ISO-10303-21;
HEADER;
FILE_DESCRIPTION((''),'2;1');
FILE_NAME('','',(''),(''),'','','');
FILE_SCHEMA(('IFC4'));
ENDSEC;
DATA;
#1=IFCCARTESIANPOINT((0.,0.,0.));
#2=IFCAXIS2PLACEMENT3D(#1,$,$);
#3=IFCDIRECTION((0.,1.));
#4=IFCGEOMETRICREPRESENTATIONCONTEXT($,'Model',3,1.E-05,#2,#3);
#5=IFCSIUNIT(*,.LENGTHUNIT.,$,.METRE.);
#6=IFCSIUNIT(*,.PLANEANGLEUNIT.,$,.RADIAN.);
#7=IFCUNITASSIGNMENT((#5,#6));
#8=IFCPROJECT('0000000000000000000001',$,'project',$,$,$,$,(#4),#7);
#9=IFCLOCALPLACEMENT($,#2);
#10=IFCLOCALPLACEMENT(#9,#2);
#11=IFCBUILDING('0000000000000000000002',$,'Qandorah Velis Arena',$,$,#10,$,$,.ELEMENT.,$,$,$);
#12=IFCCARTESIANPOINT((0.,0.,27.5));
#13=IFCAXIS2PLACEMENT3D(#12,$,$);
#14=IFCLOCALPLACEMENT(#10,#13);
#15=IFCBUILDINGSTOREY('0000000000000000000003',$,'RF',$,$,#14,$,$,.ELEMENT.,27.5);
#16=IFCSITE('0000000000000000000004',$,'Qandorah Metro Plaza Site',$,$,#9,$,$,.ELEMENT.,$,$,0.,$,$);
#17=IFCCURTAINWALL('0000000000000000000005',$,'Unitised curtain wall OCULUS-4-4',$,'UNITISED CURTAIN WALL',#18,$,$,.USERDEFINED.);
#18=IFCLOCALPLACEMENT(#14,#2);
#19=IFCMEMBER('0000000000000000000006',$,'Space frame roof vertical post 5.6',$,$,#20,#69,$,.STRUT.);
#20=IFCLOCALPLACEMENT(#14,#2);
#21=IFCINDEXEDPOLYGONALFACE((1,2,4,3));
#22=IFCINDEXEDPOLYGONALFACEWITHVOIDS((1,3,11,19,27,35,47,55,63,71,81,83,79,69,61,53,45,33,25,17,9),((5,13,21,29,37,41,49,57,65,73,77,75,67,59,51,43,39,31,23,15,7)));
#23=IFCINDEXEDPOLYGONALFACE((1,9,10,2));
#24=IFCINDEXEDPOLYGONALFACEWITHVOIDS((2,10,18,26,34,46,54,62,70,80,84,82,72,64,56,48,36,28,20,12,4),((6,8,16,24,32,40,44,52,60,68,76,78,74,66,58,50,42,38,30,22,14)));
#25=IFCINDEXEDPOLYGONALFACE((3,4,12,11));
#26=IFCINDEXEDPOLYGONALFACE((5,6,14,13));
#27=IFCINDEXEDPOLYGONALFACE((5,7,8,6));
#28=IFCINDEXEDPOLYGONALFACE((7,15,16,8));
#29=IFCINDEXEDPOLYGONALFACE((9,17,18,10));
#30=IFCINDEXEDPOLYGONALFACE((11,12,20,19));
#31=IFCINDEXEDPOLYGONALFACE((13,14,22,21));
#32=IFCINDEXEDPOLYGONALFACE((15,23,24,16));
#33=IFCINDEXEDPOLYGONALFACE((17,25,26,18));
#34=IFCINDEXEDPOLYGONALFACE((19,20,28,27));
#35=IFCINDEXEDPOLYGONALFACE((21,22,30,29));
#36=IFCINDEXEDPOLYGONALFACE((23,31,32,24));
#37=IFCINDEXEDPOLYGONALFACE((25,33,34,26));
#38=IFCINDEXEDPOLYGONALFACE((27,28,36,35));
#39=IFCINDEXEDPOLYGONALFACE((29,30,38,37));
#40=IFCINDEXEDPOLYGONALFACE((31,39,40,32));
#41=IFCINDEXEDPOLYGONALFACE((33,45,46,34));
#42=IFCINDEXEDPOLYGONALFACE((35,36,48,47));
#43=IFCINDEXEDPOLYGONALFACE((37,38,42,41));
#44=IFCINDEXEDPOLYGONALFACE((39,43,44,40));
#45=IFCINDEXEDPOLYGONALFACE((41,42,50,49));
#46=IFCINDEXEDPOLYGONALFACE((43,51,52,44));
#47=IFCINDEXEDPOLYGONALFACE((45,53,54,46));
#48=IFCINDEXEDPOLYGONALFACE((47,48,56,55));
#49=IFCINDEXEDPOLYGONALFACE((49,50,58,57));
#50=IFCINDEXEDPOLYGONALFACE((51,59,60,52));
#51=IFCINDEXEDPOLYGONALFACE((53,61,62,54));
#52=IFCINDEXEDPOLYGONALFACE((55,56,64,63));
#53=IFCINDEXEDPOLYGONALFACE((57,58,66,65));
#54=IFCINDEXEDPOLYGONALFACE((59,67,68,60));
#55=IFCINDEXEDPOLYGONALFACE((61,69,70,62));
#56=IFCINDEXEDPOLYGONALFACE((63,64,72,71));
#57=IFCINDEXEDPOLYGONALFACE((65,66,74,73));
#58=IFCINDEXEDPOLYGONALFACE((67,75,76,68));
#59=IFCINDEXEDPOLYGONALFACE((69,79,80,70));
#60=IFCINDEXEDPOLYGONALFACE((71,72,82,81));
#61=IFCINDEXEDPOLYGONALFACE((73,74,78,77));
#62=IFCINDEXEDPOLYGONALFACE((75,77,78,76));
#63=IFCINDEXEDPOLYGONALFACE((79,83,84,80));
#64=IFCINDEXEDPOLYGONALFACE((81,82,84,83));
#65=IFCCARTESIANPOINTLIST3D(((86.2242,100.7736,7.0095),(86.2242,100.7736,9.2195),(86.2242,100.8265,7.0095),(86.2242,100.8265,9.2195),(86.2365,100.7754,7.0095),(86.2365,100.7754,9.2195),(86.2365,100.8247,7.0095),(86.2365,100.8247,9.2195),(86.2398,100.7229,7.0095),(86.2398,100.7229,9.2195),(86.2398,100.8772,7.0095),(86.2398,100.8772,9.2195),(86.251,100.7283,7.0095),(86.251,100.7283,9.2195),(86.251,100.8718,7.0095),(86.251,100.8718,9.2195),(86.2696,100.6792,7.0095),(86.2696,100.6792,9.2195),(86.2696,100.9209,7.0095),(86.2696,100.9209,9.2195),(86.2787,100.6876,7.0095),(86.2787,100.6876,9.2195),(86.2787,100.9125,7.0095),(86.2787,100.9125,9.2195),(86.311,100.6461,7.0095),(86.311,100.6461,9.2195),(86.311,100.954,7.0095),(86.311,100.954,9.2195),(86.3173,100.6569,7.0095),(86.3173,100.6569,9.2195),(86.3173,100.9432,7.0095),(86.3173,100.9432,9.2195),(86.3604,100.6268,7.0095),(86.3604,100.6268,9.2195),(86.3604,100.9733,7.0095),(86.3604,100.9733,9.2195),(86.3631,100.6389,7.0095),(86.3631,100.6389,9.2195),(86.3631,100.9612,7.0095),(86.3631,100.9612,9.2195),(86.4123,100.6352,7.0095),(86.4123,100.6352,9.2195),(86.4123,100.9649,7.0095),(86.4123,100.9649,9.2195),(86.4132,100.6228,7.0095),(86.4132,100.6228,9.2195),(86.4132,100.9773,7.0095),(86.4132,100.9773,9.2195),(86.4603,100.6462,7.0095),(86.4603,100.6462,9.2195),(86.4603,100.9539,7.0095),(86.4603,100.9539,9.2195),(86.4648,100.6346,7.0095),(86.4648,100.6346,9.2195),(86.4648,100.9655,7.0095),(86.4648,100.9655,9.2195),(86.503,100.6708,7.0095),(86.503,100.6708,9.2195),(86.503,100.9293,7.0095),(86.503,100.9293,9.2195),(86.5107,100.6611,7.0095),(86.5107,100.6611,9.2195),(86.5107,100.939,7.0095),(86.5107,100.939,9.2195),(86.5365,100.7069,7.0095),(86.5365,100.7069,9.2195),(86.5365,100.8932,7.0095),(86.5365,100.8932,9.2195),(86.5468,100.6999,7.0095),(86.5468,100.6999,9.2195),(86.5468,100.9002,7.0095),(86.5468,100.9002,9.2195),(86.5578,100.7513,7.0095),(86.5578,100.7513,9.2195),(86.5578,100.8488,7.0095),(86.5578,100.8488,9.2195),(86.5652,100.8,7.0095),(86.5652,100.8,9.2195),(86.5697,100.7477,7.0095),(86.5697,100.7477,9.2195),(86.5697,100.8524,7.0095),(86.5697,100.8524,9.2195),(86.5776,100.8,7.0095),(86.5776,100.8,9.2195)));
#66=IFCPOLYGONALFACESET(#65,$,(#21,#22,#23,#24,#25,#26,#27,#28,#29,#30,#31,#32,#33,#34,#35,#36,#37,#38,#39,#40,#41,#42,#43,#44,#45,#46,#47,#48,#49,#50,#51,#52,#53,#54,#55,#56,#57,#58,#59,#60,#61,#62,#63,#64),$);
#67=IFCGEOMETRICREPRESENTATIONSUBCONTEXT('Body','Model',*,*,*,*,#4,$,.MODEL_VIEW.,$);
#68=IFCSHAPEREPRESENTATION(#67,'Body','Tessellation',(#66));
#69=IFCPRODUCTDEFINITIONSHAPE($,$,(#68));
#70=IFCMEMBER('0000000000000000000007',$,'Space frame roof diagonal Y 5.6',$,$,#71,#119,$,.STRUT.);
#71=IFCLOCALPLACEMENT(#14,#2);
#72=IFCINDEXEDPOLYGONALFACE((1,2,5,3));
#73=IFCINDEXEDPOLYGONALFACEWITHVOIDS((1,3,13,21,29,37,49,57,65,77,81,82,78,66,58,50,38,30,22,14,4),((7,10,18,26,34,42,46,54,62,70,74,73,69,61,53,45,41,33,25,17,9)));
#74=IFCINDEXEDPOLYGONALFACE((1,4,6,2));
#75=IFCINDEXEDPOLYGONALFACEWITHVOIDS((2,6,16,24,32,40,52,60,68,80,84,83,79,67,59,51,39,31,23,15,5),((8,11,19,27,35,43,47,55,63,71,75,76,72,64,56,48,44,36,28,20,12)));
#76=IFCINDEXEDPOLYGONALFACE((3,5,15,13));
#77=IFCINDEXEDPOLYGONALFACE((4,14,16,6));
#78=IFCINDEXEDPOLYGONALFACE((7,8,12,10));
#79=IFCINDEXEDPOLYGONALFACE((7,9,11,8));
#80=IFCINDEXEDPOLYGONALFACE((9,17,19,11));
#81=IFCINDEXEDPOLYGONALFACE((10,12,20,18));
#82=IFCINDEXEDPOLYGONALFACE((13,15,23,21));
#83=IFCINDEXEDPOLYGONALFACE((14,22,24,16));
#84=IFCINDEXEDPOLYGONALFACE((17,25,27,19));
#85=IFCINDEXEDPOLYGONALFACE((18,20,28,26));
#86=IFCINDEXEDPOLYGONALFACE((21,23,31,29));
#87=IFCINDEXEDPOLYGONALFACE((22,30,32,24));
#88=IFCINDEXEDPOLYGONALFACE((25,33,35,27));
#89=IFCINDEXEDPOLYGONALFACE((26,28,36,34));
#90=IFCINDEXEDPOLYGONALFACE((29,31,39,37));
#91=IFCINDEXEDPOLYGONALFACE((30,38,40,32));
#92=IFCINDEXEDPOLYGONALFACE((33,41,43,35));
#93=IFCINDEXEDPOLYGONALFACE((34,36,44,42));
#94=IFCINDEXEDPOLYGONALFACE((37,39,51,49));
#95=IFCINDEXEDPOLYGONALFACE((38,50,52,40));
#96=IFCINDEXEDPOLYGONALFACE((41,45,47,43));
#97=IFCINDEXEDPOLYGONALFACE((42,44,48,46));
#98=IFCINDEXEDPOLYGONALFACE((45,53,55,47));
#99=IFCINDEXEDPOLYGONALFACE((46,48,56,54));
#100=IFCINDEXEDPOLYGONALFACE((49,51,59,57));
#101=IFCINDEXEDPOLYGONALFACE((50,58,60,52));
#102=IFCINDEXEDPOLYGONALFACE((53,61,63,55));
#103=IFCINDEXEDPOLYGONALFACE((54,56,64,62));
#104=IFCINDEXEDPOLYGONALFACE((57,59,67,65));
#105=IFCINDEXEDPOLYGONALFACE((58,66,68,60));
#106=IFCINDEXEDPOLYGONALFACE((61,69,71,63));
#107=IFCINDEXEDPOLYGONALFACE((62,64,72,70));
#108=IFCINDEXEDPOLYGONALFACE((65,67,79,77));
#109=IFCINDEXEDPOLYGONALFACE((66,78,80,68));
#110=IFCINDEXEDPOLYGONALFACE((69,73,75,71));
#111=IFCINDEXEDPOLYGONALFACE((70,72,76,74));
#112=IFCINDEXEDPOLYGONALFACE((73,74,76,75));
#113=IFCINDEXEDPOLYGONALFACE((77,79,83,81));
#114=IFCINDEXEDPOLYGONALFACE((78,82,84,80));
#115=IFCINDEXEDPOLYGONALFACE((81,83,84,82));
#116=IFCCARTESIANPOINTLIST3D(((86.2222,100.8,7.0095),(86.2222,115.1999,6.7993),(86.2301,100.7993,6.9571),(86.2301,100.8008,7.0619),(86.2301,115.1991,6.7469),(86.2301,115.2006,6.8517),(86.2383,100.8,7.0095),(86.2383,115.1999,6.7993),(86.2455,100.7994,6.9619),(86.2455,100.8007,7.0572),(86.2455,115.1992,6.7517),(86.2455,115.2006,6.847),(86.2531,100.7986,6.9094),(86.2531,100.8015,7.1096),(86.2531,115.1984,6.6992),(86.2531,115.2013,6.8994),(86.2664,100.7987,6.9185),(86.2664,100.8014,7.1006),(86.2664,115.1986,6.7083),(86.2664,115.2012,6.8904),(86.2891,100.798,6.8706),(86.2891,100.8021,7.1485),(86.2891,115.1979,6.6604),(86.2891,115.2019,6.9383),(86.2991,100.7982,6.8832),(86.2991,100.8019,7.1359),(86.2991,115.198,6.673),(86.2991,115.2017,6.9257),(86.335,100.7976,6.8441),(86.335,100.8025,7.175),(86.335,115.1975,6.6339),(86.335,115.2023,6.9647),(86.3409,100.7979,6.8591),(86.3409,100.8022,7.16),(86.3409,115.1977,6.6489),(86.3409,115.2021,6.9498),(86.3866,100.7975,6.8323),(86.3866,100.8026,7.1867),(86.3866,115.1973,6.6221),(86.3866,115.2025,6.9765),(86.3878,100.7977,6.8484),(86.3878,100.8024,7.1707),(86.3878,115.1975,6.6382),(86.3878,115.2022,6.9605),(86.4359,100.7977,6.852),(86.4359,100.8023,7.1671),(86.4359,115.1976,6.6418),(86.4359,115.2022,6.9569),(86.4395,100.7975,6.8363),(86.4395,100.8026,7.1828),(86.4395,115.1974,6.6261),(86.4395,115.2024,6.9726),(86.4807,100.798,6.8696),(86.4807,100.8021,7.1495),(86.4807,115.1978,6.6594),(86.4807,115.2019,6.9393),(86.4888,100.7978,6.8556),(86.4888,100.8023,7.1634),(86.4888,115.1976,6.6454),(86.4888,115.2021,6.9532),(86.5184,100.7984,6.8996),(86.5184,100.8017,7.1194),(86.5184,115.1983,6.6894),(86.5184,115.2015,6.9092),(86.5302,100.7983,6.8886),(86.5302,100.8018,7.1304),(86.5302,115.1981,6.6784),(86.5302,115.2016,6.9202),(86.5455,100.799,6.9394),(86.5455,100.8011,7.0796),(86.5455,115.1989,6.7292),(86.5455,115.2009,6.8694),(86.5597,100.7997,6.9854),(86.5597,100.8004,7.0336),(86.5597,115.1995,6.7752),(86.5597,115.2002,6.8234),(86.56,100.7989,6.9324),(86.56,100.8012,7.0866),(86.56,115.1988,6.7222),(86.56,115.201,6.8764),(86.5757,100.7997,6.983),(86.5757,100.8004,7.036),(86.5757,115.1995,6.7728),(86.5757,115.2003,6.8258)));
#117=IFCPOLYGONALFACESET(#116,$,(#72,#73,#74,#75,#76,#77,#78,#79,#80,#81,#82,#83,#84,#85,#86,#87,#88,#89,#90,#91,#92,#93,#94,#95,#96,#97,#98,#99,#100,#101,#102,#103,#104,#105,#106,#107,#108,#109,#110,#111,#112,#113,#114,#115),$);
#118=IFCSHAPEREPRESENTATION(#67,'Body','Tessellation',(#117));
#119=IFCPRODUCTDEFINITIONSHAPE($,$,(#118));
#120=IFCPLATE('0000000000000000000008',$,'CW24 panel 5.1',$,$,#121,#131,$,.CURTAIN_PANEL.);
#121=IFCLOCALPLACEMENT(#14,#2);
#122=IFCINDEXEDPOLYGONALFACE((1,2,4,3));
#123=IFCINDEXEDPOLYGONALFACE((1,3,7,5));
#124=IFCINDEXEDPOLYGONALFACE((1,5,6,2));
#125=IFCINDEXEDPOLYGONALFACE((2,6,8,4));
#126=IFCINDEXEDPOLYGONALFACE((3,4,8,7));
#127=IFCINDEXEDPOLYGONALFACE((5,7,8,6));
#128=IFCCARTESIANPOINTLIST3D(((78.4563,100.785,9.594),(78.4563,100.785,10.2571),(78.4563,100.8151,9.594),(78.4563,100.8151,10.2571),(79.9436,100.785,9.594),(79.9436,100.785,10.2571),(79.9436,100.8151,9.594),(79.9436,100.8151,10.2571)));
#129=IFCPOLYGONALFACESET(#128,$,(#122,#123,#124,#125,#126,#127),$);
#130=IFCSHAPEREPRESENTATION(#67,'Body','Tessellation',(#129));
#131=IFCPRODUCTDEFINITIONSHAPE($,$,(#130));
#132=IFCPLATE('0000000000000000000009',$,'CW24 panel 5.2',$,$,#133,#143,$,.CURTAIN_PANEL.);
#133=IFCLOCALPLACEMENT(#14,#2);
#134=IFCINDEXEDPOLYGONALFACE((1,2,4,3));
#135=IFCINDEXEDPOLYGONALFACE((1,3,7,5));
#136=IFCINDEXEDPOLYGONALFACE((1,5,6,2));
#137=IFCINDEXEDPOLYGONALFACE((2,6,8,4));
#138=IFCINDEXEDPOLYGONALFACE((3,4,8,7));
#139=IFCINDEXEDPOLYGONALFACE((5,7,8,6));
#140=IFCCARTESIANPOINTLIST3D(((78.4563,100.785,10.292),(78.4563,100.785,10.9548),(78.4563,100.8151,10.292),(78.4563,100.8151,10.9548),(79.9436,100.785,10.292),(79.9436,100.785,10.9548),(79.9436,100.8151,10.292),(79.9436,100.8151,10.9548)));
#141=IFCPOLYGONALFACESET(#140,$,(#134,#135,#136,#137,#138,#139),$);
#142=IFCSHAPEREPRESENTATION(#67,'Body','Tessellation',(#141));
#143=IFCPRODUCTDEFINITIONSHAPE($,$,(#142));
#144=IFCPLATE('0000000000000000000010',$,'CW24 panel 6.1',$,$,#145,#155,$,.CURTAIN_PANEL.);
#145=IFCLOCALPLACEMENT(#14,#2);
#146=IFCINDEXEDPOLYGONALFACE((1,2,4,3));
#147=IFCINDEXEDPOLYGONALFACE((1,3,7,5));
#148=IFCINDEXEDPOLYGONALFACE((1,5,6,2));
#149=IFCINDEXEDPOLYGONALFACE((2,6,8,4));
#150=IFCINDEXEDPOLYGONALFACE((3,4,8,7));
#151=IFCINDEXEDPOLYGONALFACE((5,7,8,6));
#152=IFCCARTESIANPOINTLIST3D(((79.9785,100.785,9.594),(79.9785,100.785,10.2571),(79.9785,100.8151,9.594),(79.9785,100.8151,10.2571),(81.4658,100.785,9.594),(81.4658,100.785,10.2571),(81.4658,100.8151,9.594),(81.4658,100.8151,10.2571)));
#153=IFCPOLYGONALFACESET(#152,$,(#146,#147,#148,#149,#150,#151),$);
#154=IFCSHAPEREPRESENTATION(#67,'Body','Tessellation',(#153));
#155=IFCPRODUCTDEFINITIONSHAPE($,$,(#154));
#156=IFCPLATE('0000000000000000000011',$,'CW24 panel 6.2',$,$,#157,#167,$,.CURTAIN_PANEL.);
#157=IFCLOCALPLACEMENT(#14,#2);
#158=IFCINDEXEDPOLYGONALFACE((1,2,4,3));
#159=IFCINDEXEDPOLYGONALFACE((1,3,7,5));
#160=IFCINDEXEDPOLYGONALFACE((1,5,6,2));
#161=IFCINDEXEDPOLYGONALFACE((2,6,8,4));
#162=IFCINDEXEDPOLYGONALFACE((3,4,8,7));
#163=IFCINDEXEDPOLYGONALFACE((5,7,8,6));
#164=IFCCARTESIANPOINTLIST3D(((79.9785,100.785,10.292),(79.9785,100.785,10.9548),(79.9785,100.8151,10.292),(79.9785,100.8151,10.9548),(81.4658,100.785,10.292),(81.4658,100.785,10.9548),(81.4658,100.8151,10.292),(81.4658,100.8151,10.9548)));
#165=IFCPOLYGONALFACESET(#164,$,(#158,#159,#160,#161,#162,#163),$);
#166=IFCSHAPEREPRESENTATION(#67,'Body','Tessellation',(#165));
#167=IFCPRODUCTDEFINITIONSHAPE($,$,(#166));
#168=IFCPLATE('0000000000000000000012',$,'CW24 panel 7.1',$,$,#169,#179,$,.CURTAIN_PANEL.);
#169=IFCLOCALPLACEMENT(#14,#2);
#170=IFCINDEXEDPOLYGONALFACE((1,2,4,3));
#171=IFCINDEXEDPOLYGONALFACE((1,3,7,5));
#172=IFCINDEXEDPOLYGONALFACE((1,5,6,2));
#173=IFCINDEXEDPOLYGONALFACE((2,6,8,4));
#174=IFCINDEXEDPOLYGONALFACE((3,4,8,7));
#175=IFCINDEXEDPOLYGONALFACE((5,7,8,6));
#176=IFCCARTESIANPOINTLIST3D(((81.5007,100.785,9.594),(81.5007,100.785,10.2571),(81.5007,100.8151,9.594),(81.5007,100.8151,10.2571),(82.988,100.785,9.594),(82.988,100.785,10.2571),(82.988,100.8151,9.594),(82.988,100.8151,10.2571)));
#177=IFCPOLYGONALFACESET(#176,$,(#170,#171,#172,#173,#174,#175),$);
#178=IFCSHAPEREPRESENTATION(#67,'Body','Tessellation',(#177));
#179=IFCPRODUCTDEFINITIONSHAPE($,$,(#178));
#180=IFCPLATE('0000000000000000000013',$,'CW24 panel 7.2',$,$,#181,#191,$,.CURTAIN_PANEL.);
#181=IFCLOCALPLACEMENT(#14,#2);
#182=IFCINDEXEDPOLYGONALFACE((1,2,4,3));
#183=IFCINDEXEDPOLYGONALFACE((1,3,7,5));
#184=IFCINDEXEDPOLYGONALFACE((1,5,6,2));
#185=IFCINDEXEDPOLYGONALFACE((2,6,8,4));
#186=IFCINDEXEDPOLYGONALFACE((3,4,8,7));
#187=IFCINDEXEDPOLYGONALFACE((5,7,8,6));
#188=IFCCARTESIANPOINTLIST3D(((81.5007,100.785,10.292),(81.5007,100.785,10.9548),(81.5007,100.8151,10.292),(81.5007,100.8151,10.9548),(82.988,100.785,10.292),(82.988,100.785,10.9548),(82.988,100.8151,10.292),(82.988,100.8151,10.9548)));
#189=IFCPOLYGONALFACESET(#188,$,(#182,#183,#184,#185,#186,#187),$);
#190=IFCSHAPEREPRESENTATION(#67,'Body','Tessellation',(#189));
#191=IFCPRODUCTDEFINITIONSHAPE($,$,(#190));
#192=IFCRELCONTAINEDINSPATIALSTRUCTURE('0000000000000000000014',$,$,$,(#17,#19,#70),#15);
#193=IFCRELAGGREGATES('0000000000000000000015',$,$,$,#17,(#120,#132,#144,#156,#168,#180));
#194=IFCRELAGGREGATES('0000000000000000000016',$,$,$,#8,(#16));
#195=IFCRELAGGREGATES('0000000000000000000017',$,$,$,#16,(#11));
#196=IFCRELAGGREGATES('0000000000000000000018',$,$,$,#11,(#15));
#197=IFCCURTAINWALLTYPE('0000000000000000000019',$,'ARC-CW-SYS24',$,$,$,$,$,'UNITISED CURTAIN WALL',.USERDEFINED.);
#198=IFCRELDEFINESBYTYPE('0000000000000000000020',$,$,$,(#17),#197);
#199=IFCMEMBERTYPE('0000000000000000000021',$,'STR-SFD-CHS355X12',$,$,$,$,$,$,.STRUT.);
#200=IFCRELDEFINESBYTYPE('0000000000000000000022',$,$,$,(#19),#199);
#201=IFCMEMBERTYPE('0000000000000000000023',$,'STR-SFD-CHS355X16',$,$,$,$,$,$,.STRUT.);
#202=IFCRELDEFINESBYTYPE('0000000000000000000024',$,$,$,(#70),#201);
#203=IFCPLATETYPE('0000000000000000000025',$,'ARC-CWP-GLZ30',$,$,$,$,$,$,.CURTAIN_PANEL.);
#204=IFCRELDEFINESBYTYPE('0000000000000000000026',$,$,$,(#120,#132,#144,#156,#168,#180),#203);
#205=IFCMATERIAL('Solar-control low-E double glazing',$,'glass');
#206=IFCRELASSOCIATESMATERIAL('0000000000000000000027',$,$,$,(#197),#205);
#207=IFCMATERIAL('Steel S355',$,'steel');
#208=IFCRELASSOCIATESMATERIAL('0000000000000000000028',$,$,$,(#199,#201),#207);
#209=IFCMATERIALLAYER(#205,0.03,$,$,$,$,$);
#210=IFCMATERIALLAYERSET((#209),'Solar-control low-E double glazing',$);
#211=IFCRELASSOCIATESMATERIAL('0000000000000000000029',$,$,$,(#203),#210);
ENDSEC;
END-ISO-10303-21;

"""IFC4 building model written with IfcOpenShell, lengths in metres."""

from ifc_helpers import new_model, si_unit, direction, frame, origin, origin_2d, place, context, subcontext, project, spatial, rectangle, hollow_circle, extrude, material, layer, layer_set, material_profile, profile_set, type_object, element, aggregate, save


model = new_model("IFC4")

# Units and contexts
model_context = context("Model", 3, precision=1e-05, world=origin(), true_north=direction((0.0, 1.0)))
body_context = subcontext(model_context, "Body", "Model", "MODEL_VIEW")
ifc_project = project(units=[si_unit("LENGTHUNIT", "METRE"), si_unit("PLANEANGLEUNIT", "RADIAN")], contexts=[model_context])

# Site, building, storey
site_placement = place(None, origin())
site = spatial("IfcSite", under=ifc_project, at=site_placement, Name="Qandorah Metro Plaza Site", CompositionType="ELEMENT", RefElevation=0.0)
building_placement = place(site_placement, origin())
building = spatial("IfcBuilding", under=site, at=building_placement, Name="Qandorah Velis Arena", CompositionType="ELEMENT")
storey_placement = place(building_placement, frame((0.0, 0.0, 27.5)))
storey = spatial("IfcBuildingStorey", under=building, at=storey_placement, Name="RF", CompositionType="ELEMENT", Elevation=27.5)

# Curtain wall
ifc_material_1 = material(Name="Solar-control low-E double glazing", Category="glass")
curtain_wall_type_1 = type_object("IfcCurtainWallType", Name="ARC-CW-SYS24", ElementType="UNITISED CURTAIN WALL", PredefinedType="USERDEFINED", material=ifc_material_1)
curtain_wall_1_placement = place(storey_placement, origin())
curtain_wall_1 = element("IfcCurtainWall", 1, at=curtain_wall_1_placement, inside=storey, type_object=curtain_wall_type_1, Name="Unitised curtain wall OCULUS-4-4", ObjectType="UNITISED CURTAIN WALL", PredefinedType="USERDEFINED")

# Shared definitions
ifc_material_2 = material(Name="Steel S355", Category="steel")

# Members
ifc_material_profile_1 = material_profile(ifc_material_2, hollow_circle(Radius=0.1777, WallThickness=0.0125, at=origin_2d()), Name="CHS 355.6x12.5")
ifc_profile_set_1 = profile_set([ifc_material_profile_1], Name="Steel S355")
member_type_1 = type_object("IfcMemberType", Name="STR-SFD-CHS355X12", PredefinedType="STRUT", material=ifc_profile_set_1)
member_1_placement = place(storey_placement, frame((86.3999, 100.8, 7.0095), z_axis=(0.0, 0.0, 1.0), x_axis=(1.0, 0.0, 0.0)))
element("IfcMember", 2, at=member_1_placement, inside=storey, type_object=member_type_1, Name="Space frame roof vertical post 5.6", PredefinedType="STRUT", context=body_context, shape_type="SweptSolid", body=[
    extrude(hollow_circle(Radius=0.1777, WallThickness=0.0125, at=origin_2d()), origin(), (0.0, 0.0, 1.0), 2.21),
])
ifc_material_profile_2 = material_profile(ifc_material_2, hollow_circle(Radius=0.1777, WallThickness=0.0161, at=origin_2d()), Name="CHS 355.6x16")
ifc_profile_set_2 = profile_set([ifc_material_profile_2], Name="Steel S355")
member_type_2 = type_object("IfcMemberType", Name="STR-SFD-CHS355X16", PredefinedType="STRUT", material=ifc_profile_set_2)
member_2_placement = place(storey_placement, frame((86.3999, 100.8, 7.0095), z_axis=(0.0, 0.999893, -0.014596), x_axis=(-1.0, 0.0, 0.0)))
element("IfcMember", 3, at=member_2_placement, inside=storey, type_object=member_type_2, Name="Space frame roof diagonal Y 5.6", PredefinedType="STRUT", context=body_context, shape_type="SweptSolid", body=[
    extrude(hollow_circle(Radius=0.1777, WallThickness=0.0161, at=origin_2d()), origin(), (0.0, 0.0, 1.0), 14.4014),
])

# Plates
ifc_layer = layer(ifc_material_1, 0.03)
ifc_layer_set = layer_set([ifc_layer], Name="Solar-control low-E double glazing")
plate_type = type_object("IfcPlateType", Name="ARC-CWP-GLZ30", PredefinedType="CURTAIN_PANEL", material=ifc_layer_set)
plate_1_placement = place(storey_placement, frame((79.2, 100.8, 9.594), z_axis=(0.0, 0.0, 1.0), x_axis=(1.0, 0.0, 0.0)))
plate_1 = element("IfcPlate", 4, at=plate_1_placement, type_object=plate_type, Name="CW24 panel 5.1", PredefinedType="CURTAIN_PANEL", context=body_context, shape_type="SweptSolid", body=[
    extrude(rectangle(XDim=1.4873, YDim=0.03, at=origin_2d()), origin(), (0.0, 0.0, 1.0), 0.6631),
])
plate_2_placement = place(storey_placement, frame((79.2, 100.8, 10.292), z_axis=(0.0, 0.0, 1.0), x_axis=(1.0, 0.0, 0.0)))
plate_2 = element("IfcPlate", 5, at=plate_2_placement, type_object=plate_type, Name="CW24 panel 5.2", PredefinedType="CURTAIN_PANEL", context=body_context, shape_type="SweptSolid", body=[
    extrude(rectangle(XDim=1.4873, YDim=0.03, at=origin_2d()), origin(), (0.0, 0.0, 1.0), 0.6628),
])
plate_3_placement = place(storey_placement, frame((80.7222, 100.8, 9.594), z_axis=(0.0, 0.0, 1.0), x_axis=(1.0, 0.0, 0.0)))
plate_3 = element("IfcPlate", 6, at=plate_3_placement, type_object=plate_type, Name="CW24 panel 6.1", PredefinedType="CURTAIN_PANEL", context=body_context, shape_type="SweptSolid", body=[
    extrude(rectangle(XDim=1.4873, YDim=0.03, at=origin_2d()), origin(), (0.0, 0.0, 1.0), 0.6631),
])
plate_4_placement = place(storey_placement, frame((80.7222, 100.8, 10.292), z_axis=(0.0, 0.0, 1.0), x_axis=(1.0, 0.0, 0.0)))
plate_4 = element("IfcPlate", 7, at=plate_4_placement, type_object=plate_type, Name="CW24 panel 6.2", PredefinedType="CURTAIN_PANEL", context=body_context, shape_type="SweptSolid", body=[
    extrude(rectangle(XDim=1.4873, YDim=0.03, at=origin_2d()), origin(), (0.0, 0.0, 1.0), 0.6628),
])
plate_5_placement = place(storey_placement, frame((82.2444, 100.8, 9.594), z_axis=(0.0, 0.0, 1.0), x_axis=(1.0, 0.0, 0.0)))
plate_5 = element("IfcPlate", 8, at=plate_5_placement, type_object=plate_type, Name="CW24 panel 7.1", PredefinedType="CURTAIN_PANEL", context=body_context, shape_type="SweptSolid", body=[
    extrude(rectangle(XDim=1.4873, YDim=0.03, at=origin_2d()), origin(), (0.0, 0.0, 1.0), 0.6631),
])
plate_6_placement = place(storey_placement, frame((82.2444, 100.8, 10.292), z_axis=(0.0, 0.0, 1.0), x_axis=(1.0, 0.0, 0.0)))
plate_6 = element("IfcPlate", 9, at=plate_6_placement, type_object=plate_type, Name="CW24 panel 7.2", PredefinedType="CURTAIN_PANEL", context=body_context, shape_type="SweptSolid", body=[
    extrude(rectangle(XDim=1.4873, YDim=0.03, at=origin_2d()), origin(), (0.0, 0.0, 1.0), 0.6628),
])
aggregate(curtain_wall_1, [plate_1, plate_2, plate_3, plate_4, plate_5, plate_6])

save(model, "model.ifc")
